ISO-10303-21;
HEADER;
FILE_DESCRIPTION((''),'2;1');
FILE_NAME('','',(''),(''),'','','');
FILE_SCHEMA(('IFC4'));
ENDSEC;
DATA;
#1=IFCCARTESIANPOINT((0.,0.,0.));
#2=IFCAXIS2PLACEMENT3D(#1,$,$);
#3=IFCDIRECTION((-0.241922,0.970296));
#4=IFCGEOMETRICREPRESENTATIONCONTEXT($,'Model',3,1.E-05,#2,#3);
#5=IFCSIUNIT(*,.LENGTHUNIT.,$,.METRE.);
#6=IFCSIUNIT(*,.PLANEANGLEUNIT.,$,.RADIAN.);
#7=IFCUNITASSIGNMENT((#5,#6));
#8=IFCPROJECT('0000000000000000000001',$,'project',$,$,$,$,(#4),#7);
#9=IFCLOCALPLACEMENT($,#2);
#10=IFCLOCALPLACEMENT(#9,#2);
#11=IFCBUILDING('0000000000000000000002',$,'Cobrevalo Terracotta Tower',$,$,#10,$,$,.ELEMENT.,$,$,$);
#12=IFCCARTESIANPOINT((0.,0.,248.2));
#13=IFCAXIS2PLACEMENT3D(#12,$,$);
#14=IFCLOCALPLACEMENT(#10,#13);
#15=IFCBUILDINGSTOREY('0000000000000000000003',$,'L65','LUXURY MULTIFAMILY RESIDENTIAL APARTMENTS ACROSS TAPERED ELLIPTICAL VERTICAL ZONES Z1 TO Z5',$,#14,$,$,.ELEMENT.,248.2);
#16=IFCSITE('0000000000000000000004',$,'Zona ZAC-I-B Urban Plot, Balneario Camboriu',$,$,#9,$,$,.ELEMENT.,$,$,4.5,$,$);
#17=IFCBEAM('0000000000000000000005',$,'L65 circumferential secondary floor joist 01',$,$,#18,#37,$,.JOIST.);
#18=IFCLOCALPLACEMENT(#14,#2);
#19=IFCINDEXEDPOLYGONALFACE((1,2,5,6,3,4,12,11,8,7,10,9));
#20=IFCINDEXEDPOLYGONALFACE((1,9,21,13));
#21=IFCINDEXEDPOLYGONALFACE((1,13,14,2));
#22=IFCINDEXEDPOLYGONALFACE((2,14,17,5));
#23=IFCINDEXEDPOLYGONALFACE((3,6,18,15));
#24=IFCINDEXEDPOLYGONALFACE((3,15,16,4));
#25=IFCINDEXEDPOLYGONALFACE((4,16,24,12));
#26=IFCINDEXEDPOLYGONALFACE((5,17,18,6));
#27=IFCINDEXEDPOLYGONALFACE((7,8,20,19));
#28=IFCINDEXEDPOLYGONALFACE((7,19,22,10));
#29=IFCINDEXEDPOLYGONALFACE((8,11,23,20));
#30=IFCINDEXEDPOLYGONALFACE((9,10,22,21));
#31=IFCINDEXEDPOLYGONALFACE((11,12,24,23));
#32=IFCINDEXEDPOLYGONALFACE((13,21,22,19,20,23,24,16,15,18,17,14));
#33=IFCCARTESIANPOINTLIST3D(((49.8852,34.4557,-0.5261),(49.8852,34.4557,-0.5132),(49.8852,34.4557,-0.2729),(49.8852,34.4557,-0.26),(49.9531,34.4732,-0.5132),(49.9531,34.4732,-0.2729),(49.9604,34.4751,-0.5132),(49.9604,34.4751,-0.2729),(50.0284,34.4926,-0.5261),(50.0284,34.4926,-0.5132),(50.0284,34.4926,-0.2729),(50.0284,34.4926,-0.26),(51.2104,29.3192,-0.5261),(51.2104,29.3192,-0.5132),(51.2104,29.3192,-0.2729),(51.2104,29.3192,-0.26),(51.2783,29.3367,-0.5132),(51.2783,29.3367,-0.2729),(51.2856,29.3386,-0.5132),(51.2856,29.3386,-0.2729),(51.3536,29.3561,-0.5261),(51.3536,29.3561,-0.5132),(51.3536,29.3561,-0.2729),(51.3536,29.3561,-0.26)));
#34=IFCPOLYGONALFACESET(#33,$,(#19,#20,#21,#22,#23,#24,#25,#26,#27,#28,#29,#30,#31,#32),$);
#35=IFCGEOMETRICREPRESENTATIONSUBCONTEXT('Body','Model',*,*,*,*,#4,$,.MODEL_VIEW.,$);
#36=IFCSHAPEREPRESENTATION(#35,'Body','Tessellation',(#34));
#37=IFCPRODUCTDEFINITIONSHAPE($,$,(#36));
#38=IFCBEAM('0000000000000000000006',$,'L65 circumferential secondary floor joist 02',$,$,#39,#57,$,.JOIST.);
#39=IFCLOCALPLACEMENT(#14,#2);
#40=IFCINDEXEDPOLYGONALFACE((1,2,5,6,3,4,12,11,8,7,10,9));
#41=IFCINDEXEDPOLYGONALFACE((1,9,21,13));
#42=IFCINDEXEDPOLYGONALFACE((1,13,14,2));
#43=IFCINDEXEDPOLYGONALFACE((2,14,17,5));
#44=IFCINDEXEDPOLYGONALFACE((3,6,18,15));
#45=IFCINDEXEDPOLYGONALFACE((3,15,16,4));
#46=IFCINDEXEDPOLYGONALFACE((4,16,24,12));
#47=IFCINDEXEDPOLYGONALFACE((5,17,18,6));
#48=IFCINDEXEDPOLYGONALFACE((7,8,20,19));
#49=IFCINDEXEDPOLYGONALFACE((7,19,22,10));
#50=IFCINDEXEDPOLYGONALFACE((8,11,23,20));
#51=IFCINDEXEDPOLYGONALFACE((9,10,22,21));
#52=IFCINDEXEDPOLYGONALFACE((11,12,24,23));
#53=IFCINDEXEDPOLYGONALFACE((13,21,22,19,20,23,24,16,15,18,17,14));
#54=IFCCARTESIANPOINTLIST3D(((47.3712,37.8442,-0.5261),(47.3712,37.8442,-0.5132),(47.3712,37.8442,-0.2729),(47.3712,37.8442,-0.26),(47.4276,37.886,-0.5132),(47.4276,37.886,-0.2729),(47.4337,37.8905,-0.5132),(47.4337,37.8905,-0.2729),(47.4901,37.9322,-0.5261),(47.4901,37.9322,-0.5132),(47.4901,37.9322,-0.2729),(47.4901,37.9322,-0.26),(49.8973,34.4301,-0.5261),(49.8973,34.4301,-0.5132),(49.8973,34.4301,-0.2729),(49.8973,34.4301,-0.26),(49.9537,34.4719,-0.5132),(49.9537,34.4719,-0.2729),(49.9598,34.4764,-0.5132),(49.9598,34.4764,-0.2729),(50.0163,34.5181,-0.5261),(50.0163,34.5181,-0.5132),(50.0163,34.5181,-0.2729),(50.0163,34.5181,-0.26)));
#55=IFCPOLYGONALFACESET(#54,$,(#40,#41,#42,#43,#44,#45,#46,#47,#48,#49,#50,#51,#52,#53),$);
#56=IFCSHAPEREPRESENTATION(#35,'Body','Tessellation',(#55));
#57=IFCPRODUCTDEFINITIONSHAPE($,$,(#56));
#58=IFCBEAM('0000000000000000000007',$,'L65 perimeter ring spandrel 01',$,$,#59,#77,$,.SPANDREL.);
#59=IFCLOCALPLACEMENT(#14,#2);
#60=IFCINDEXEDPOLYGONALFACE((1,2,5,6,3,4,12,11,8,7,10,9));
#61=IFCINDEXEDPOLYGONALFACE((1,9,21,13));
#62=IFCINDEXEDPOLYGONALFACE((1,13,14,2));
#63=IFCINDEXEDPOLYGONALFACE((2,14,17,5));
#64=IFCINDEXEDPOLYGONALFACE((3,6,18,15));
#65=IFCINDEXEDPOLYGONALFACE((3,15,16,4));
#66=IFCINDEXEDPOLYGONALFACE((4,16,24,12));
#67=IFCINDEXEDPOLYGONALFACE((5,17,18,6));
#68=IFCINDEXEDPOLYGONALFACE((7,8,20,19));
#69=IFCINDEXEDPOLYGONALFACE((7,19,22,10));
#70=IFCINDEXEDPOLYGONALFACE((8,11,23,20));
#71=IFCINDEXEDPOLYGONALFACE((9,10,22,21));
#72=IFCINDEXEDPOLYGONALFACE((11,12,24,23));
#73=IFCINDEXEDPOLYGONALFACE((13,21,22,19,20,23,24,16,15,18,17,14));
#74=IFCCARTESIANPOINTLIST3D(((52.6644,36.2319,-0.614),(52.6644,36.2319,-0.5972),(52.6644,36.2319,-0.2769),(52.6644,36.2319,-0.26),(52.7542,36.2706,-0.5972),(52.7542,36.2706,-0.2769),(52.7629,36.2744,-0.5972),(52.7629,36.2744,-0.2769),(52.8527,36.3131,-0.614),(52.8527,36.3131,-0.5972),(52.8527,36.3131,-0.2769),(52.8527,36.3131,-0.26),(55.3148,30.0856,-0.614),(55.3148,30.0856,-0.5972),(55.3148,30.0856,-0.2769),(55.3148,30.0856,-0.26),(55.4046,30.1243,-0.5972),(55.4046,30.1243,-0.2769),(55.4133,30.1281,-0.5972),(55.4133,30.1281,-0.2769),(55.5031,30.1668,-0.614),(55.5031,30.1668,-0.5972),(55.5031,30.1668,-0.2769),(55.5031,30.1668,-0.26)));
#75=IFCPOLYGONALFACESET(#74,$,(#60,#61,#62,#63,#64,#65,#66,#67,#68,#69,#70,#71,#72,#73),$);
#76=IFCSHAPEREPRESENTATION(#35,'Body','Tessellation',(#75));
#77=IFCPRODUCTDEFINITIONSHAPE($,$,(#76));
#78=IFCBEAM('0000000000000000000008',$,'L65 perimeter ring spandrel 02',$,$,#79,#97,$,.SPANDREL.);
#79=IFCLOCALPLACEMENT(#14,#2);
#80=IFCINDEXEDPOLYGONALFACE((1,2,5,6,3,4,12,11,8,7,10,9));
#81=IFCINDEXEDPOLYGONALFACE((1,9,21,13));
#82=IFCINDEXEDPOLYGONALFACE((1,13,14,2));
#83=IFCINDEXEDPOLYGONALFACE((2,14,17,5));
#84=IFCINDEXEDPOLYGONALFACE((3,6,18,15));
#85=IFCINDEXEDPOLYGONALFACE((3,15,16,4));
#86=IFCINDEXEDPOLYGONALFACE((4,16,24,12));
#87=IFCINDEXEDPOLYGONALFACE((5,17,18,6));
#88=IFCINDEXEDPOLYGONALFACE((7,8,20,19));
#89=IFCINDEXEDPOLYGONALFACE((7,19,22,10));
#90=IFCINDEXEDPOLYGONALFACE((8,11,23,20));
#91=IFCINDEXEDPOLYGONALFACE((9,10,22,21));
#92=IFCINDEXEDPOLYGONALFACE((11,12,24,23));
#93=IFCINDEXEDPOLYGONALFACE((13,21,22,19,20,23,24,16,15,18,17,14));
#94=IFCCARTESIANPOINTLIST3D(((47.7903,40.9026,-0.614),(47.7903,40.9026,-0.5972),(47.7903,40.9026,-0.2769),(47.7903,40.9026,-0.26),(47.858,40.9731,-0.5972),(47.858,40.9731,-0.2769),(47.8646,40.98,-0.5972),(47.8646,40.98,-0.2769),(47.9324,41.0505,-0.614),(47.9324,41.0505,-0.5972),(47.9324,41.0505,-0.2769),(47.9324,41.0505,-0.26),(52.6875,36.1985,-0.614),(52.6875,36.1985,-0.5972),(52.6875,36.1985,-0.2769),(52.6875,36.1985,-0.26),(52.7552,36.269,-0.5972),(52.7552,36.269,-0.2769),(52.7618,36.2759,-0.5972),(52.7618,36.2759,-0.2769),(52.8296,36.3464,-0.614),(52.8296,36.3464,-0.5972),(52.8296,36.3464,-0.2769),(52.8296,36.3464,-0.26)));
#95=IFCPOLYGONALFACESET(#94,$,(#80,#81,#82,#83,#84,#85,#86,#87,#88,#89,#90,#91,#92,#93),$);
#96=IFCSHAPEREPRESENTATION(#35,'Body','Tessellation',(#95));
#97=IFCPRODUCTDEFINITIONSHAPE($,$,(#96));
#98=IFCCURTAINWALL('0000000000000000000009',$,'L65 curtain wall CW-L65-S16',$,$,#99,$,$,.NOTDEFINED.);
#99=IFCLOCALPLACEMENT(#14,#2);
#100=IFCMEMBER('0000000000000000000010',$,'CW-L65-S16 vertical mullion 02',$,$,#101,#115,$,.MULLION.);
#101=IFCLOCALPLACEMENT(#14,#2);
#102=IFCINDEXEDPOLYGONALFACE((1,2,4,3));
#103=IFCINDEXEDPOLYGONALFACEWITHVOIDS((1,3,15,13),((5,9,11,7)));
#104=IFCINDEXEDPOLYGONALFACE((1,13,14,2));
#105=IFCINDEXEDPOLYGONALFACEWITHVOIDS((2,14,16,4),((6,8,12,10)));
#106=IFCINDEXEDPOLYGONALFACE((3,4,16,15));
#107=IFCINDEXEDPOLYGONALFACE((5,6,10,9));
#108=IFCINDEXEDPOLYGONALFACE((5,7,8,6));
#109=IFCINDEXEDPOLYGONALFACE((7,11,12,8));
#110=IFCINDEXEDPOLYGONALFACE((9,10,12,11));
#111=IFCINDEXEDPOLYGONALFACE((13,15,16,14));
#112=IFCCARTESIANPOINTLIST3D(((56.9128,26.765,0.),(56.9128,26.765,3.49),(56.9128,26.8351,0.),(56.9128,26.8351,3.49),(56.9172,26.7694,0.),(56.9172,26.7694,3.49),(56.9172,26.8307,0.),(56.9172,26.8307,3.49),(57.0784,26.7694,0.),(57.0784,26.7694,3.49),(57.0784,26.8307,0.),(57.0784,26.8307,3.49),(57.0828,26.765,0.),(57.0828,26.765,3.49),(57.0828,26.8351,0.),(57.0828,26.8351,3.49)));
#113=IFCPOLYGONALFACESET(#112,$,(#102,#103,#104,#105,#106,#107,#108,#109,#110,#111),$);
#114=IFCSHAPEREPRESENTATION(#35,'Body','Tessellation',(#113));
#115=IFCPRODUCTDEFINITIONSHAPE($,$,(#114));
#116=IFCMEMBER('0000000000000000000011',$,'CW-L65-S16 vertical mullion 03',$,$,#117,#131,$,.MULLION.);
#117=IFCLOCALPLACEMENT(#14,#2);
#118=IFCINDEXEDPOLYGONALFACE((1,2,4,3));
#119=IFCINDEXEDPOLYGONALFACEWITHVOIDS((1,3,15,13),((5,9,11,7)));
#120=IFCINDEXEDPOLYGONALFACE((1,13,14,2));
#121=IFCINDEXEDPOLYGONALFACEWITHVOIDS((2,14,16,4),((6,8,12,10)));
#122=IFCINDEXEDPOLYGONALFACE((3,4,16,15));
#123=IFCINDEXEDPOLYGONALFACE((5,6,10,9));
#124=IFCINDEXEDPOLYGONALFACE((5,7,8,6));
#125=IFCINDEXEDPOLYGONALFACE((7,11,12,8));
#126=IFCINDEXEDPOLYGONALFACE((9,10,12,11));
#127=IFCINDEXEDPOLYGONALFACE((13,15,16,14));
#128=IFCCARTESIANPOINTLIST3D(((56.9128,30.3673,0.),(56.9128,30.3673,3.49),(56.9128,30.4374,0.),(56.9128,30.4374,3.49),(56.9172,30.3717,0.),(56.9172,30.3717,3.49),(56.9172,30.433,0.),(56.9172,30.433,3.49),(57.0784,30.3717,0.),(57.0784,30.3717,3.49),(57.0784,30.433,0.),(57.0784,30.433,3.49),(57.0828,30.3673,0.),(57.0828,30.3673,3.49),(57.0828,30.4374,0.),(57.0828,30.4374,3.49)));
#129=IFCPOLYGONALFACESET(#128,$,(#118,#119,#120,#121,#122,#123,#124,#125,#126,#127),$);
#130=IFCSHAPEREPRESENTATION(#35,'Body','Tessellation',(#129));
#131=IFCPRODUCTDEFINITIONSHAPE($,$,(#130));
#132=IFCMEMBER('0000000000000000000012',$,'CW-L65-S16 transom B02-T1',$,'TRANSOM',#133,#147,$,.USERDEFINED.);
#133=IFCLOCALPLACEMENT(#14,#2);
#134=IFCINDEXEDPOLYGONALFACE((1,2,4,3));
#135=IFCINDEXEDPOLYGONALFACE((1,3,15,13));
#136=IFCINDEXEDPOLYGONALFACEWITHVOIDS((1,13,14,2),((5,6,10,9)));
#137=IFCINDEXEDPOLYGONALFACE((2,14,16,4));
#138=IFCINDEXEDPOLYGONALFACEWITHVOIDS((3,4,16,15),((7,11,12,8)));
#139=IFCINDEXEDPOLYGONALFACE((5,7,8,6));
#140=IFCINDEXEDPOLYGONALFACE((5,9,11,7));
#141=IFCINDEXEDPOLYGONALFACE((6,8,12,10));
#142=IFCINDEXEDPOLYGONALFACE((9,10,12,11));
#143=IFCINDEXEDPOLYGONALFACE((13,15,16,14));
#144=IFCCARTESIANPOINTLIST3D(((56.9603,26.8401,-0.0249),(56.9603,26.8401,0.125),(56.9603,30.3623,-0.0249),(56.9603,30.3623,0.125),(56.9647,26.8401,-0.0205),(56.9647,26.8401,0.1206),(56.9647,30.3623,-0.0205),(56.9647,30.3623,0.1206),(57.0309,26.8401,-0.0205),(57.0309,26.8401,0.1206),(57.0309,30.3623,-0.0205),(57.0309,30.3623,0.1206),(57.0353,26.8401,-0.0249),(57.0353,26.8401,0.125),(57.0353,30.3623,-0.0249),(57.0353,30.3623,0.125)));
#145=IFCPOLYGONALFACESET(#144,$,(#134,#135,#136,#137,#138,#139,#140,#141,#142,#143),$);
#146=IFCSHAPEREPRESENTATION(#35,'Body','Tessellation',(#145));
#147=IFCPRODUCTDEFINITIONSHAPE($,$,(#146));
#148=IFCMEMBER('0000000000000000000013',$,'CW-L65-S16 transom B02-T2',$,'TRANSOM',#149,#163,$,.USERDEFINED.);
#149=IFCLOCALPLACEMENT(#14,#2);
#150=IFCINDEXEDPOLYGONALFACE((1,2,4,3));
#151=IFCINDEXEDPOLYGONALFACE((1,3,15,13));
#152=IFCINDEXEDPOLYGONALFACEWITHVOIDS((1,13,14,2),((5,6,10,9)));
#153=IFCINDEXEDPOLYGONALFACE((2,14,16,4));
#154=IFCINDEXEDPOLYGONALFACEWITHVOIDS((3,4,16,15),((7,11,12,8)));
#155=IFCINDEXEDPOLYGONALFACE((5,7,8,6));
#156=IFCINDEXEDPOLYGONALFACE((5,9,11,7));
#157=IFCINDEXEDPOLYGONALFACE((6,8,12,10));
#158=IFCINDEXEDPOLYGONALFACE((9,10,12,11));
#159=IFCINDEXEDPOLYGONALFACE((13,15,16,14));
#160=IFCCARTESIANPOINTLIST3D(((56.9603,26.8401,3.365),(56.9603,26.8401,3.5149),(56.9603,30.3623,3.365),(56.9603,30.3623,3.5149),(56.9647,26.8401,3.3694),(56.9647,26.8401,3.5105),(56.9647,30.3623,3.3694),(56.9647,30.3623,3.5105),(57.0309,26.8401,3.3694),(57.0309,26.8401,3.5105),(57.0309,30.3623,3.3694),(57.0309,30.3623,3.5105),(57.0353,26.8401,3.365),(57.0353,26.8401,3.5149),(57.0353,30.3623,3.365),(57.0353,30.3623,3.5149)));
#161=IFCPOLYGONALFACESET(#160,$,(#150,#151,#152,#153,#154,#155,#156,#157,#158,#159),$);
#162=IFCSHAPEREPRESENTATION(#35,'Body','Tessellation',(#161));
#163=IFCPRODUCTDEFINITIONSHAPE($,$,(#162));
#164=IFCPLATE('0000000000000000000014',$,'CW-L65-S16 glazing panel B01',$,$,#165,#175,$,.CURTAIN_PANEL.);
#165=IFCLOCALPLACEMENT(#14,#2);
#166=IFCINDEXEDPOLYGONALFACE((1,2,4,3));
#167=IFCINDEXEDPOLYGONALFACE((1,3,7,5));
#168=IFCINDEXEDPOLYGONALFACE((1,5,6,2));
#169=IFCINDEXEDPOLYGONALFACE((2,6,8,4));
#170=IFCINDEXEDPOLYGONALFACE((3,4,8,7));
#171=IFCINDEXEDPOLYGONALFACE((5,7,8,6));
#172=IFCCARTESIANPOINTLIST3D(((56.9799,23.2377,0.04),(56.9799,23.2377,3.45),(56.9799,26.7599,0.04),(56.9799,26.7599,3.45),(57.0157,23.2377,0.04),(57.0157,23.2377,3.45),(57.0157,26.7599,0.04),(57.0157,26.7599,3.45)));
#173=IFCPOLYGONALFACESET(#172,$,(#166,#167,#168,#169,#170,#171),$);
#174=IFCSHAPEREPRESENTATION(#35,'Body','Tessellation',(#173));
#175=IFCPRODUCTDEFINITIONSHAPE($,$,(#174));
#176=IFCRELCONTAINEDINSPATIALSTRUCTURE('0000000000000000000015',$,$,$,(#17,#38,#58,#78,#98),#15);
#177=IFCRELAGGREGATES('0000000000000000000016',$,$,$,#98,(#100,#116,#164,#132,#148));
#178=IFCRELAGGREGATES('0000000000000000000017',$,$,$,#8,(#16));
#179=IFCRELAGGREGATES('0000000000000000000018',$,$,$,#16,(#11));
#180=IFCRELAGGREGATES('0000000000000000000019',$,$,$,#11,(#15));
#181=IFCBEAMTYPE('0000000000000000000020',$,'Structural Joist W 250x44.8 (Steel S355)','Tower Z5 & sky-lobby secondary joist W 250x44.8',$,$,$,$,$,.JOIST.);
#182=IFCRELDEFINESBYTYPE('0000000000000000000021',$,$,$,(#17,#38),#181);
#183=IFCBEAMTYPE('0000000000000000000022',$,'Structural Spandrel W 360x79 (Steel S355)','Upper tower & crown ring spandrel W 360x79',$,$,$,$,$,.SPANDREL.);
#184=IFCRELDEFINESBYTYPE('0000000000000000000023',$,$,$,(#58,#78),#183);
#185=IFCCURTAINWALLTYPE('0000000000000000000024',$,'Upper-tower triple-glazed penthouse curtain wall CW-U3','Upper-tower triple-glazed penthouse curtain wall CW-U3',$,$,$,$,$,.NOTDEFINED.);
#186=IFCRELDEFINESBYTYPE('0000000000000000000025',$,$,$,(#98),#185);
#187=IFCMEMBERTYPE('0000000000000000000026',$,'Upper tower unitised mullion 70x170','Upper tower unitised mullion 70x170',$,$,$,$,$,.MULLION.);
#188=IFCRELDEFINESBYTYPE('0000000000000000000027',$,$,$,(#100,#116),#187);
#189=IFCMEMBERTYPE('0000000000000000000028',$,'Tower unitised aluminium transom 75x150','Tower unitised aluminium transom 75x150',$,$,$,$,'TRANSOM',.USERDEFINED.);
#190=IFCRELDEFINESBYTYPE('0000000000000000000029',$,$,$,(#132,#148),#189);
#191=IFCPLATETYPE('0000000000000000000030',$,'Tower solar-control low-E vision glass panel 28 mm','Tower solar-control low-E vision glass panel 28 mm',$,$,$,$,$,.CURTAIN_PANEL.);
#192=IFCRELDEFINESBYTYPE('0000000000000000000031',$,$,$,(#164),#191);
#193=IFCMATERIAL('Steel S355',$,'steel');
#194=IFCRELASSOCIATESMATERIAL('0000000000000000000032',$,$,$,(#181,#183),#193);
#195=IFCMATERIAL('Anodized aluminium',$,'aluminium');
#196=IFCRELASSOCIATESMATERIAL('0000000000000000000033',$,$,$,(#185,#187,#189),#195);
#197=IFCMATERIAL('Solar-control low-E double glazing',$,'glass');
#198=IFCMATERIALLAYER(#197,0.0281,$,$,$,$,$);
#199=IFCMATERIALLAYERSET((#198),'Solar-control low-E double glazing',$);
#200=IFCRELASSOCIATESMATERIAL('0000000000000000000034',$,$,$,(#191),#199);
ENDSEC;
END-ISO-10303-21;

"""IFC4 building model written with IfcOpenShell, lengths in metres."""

from ifc_helpers import new_model, si_unit, direction, frame, origin, origin_2d, place, context, subcontext, project, spatial, rectangle, hollow_rectangle, i_section, extrude, source, transform, mapped, material, layer, layer_set, material_profile, profile_set, type_object, element, aggregate, save


model = new_model("IFC4")

# Units and contexts
model_context = context("Model", 3, precision=1e-05, world=origin(), true_north=direction((-0.241922, 0.970296)))
body_context = subcontext(model_context, "Body", "Model", "MODEL_VIEW")
ifc_project = project(units=[si_unit("LENGTHUNIT", "METRE"), si_unit("PLANEANGLEUNIT", "RADIAN")], contexts=[model_context])

# Site, building, storey
site_placement = place(None, origin())
site = spatial("IfcSite", under=ifc_project, at=site_placement, Name="Zona ZAC-I-B Urban Plot, Balneario Camboriu", CompositionType="ELEMENT", RefElevation=4.5)
building_placement = place(site_placement, origin())
building = spatial("IfcBuilding", under=site, at=building_placement, Name="Cobrevalo Terracotta Tower", CompositionType="ELEMENT")
storey_placement = place(building_placement, frame((0.0, 0.0, 248.2)))
storey = spatial("IfcBuildingStorey", under=building, at=storey_placement, Name="L65", Description="LUXURY MULTIFAMILY RESIDENTIAL APARTMENTS ACROSS TAPERED ELLIPTICAL VERTICAL ZONES Z1 TO Z5", CompositionType="ELEMENT", Elevation=248.2)

# Shared definitions
ifc_material_1 = material(Name="Steel S355", Category="steel")

# Beams
ifc_material_profile_1 = material_profile(ifc_material_1, i_section(OverallWidth=0.1479, OverallDepth=0.2661, WebThickness=0.0076, FlangeThickness=0.0129, at=origin_2d()), Name="W 250x44.8")
ifc_profile_set_1 = profile_set([ifc_material_profile_1], Name="Steel S355")
beam_type_1 = type_object("IfcBeamType", Name="Structural Joist W 250x44.8 (Steel S355)", Description="Tower Z5 & sky-lobby secondary joist W 250x44.8", PredefinedType="JOIST", material=ifc_profile_set_1)
beam_1_placement = place(storey_placement, frame((51.282, 29.3376, -0.3931), z_axis=(-0.249817, 0.968293, 0.0), x_axis=(-0.968293, -0.249817, 0.0)))
element("IfcBeam", 1, at=beam_1_placement, inside=storey, type_object=beam_type_1, Name="L65 circumferential secondary floor joist 01", PredefinedType="JOIST", context=body_context, shape_type="SweptSolid", body=[
    extrude(i_section(OverallWidth=0.1479, OverallDepth=0.2661, WebThickness=0.0076, FlangeThickness=0.0129, at=origin_2d()), origin(), (0.0, 0.0, 1.0), 5.3047),
])
beam_2_placement = place(storey_placement, frame((49.9568, 34.4741, -0.3931), z_axis=(-0.5948, 0.803874, 0.0), x_axis=(-0.803874, -0.5948, 0.0)))
element("IfcBeam", 2, at=beam_2_placement, inside=storey, type_object=beam_type_1, Name="L65 circumferential secondary floor joist 02", PredefinedType="JOIST", context=body_context, shape_type="SweptSolid", body=[
    extrude(i_section(OverallWidth=0.1479, OverallDepth=0.2661, WebThickness=0.0076, FlangeThickness=0.0129, at=origin_2d()), origin(), (0.0, 0.0, 1.0), 4.2471),
])
ifc_material_profile_2 = material_profile(ifc_material_1, i_section(OverallWidth=0.2051, OverallDepth=0.354, WebThickness=0.0095, FlangeThickness=0.0168, at=origin_2d()), Name="W 360x79")
ifc_profile_set_2 = profile_set([ifc_material_profile_2], Name="Steel S355")
beam_type_2 = type_object("IfcBeamType", Name="Structural Spandrel W 360x79 (Steel S355)", Description="Upper tower & crown ring spandrel W 360x79", PredefinedType="SPANDREL", material=ifc_profile_set_2)
beam_3_placement = place(storey_placement, frame((55.4089, 30.1262, -0.437), z_axis=(-0.395974, 0.918262, 0.0), x_axis=(-0.918262, -0.395974, 0.0)))
element("IfcBeam", 3, at=beam_3_placement, inside=storey, type_object=beam_type_2, Name="L65 perimeter ring spandrel 01", PredefinedType="SPANDREL", context=body_context, shape_type="SweptSolid", body=[
    extrude(i_section(OverallWidth=0.2051, OverallDepth=0.354, WebThickness=0.0095, FlangeThickness=0.0168, at=origin_2d()), origin(), (0.0, 0.0, 1.0), 6.6934),
])
beam_4_placement = place(storey_placement, frame((52.7585, 36.2725, -0.437), z_axis=(-0.721183, 0.692744, 0.0), x_axis=(-0.692744, -0.721183, 0.0)))
element("IfcBeam", 4, at=beam_4_placement, inside=storey, type_object=beam_type_2, Name="L65 perimeter ring spandrel 02", PredefinedType="SPANDREL", context=body_context, shape_type="SweptSolid", body=[
    extrude(i_section(OverallWidth=0.2051, OverallDepth=0.354, WebThickness=0.0095, FlangeThickness=0.0168, at=origin_2d()), origin(), (0.0, 0.0, 1.0), 6.7905),
])

# Curtain wall, members, plate
ifc_material_2 = material(Name="Anodized aluminium", Category="aluminium")
curtain_wall_type = type_object("IfcCurtainWallType", Name="Upper-tower triple-glazed penthouse curtain wall CW-U3", Description="Upper-tower triple-glazed penthouse curtain wall CW-U3", PredefinedType="NOTDEFINED", material=ifc_material_2)
curtain_wall_placement = place(storey_placement, origin())
curtain_wall = element("IfcCurtainWall", 5, at=curtain_wall_placement, inside=storey, type_object=curtain_wall_type, Name="L65 curtain wall CW-L65-S16", PredefinedType="NOTDEFINED")
ifc_material_profile_3 = material_profile(ifc_material_2, hollow_rectangle(XDim=0.0701, YDim=0.1699, WallThickness=0.0044, at=origin_2d()), Name="CWM 70x170")
ifc_profile_set_3 = profile_set([ifc_material_profile_3], Name="Anodized aluminium")
member_type_1 = type_object("IfcMemberType", Name="Upper tower unitised mullion 70x170", Description="Upper tower unitised mullion 70x170", PredefinedType="MULLION", material=ifc_profile_set_3)
shared_shape_1 = source(origin(), body_context, "Body", "SweptSolid", [
    extrude(hollow_rectangle(XDim=0.0701, YDim=0.1699, WallThickness=0.0044, at=origin_2d()), origin(), (0.0, 0.0, 1.0), 3.49),
])
member_1_placement = place(storey_placement, frame((56.9978, 26.8, 0.0), z_axis=(0.0, 0.0, 1.0), x_axis=(0.0, 1.0, 0.0)))
member_1 = element("IfcMember", 6, at=member_1_placement, type_object=member_type_1, Name="CW-L65-S16 vertical mullion 02", PredefinedType="MULLION", context=body_context, shape_type="MappedRepresentation", body=[
    mapped(shared_shape_1, transform((0.0, 0.0, 0.0), scale=1.0)),
])
member_2_placement = place(storey_placement, frame((56.9978, 30.4023, 0.0), z_axis=(0.0, 0.0, 1.0), x_axis=(0.0, 1.0, 0.0)))
member_2 = element("IfcMember", 7, at=member_2_placement, type_object=member_type_1, Name="CW-L65-S16 vertical mullion 03", PredefinedType="MULLION", context=body_context, shape_type="MappedRepresentation", body=[
    mapped(shared_shape_1, transform((0.0, 0.0, 0.0), scale=1.0)),
])
ifc_material_profile_4 = material_profile(ifc_material_2, hollow_rectangle(XDim=0.075, YDim=0.1499, WallThickness=0.0044, at=origin_2d()), Name="CWT 75x150")
ifc_profile_set_4 = profile_set([ifc_material_profile_4], Name="Anodized aluminium")
member_type_2 = type_object("IfcMemberType", Name="Tower unitised aluminium transom 75x150", Description="Tower unitised aluminium transom 75x150", ElementType="TRANSOM", PredefinedType="USERDEFINED", material=ifc_profile_set_4)
shared_shape_2 = source(origin(), body_context, "Body", "SweptSolid", [
    extrude(hollow_rectangle(XDim=0.075, YDim=0.1499, WallThickness=0.0044, at=origin_2d()), origin(), (0.0, 0.0, 1.0), 3.5222),
])
member_3_placement = place(storey_placement, frame((56.9978, 26.8401, 0.05), z_axis=(0.0, 1.0, 0.0), x_axis=(-1.0, 0.0, 0.0)))
member_3 = element("IfcMember", 8, at=member_3_placement, type_object=member_type_2, Name="CW-L65-S16 transom B02-T1", ObjectType="TRANSOM", PredefinedType="USERDEFINED", context=body_context, shape_type="MappedRepresentation", body=[
    mapped(shared_shape_2, transform((0.0, 0.0, 0.0), scale=1.0)),
])
member_4_placement = place(storey_placement, frame((56.9978, 26.8401, 3.4399), z_axis=(0.0, 1.0, 0.0), x_axis=(-1.0, 0.0, 0.0)))
member_4 = element("IfcMember", 9, at=member_4_placement, type_object=member_type_2, Name="CW-L65-S16 transom B02-T2", ObjectType="TRANSOM", PredefinedType="USERDEFINED", context=body_context, shape_type="MappedRepresentation", body=[
    mapped(shared_shape_2, transform((0.0, 0.0, 0.0), scale=1.0)),
])
ifc_material_3 = material(Name="Solar-control low-E double glazing", Category="glass")
ifc_layer_1 = layer(ifc_material_3, 0.0281)
ifc_layer_set_1 = layer_set([ifc_layer_1], Name="Solar-control low-E double glazing")
plate_type = type_object("IfcPlateType", Name="Tower solar-control low-E vision glass panel 28 mm", Description="Tower solar-control low-E vision glass panel 28 mm", PredefinedType="CURTAIN_PANEL", material=ifc_layer_set_1)
shared_shape_3 = source(origin(), body_context, "Body", "SweptSolid", [
    extrude(rectangle(XDim=3.5222, YDim=0.0359, at=origin_2d()), origin(), (0.0, 0.0, 1.0), 3.4099),
])
plate_1_placement = place(storey_placement, frame((56.9978, 24.9988, 0.04), z_axis=(0.0, 0.0, 1.0), x_axis=(0.0, 1.0, 0.0)))
plate_1 = element("IfcPlate", 10, at=plate_1_placement, type_object=plate_type, Name="CW-L65-S16 glazing panel B01", PredefinedType="CURTAIN_PANEL", context=body_context, shape_type="MappedRepresentation", body=[
    mapped(shared_shape_3, transform((0.0, 0.0, 0.0), scale=1.0)),
])
aggregate(curtain_wall, [member_1, member_2, plate_1, member_3, member_4])

save(model, "model.ifc")
